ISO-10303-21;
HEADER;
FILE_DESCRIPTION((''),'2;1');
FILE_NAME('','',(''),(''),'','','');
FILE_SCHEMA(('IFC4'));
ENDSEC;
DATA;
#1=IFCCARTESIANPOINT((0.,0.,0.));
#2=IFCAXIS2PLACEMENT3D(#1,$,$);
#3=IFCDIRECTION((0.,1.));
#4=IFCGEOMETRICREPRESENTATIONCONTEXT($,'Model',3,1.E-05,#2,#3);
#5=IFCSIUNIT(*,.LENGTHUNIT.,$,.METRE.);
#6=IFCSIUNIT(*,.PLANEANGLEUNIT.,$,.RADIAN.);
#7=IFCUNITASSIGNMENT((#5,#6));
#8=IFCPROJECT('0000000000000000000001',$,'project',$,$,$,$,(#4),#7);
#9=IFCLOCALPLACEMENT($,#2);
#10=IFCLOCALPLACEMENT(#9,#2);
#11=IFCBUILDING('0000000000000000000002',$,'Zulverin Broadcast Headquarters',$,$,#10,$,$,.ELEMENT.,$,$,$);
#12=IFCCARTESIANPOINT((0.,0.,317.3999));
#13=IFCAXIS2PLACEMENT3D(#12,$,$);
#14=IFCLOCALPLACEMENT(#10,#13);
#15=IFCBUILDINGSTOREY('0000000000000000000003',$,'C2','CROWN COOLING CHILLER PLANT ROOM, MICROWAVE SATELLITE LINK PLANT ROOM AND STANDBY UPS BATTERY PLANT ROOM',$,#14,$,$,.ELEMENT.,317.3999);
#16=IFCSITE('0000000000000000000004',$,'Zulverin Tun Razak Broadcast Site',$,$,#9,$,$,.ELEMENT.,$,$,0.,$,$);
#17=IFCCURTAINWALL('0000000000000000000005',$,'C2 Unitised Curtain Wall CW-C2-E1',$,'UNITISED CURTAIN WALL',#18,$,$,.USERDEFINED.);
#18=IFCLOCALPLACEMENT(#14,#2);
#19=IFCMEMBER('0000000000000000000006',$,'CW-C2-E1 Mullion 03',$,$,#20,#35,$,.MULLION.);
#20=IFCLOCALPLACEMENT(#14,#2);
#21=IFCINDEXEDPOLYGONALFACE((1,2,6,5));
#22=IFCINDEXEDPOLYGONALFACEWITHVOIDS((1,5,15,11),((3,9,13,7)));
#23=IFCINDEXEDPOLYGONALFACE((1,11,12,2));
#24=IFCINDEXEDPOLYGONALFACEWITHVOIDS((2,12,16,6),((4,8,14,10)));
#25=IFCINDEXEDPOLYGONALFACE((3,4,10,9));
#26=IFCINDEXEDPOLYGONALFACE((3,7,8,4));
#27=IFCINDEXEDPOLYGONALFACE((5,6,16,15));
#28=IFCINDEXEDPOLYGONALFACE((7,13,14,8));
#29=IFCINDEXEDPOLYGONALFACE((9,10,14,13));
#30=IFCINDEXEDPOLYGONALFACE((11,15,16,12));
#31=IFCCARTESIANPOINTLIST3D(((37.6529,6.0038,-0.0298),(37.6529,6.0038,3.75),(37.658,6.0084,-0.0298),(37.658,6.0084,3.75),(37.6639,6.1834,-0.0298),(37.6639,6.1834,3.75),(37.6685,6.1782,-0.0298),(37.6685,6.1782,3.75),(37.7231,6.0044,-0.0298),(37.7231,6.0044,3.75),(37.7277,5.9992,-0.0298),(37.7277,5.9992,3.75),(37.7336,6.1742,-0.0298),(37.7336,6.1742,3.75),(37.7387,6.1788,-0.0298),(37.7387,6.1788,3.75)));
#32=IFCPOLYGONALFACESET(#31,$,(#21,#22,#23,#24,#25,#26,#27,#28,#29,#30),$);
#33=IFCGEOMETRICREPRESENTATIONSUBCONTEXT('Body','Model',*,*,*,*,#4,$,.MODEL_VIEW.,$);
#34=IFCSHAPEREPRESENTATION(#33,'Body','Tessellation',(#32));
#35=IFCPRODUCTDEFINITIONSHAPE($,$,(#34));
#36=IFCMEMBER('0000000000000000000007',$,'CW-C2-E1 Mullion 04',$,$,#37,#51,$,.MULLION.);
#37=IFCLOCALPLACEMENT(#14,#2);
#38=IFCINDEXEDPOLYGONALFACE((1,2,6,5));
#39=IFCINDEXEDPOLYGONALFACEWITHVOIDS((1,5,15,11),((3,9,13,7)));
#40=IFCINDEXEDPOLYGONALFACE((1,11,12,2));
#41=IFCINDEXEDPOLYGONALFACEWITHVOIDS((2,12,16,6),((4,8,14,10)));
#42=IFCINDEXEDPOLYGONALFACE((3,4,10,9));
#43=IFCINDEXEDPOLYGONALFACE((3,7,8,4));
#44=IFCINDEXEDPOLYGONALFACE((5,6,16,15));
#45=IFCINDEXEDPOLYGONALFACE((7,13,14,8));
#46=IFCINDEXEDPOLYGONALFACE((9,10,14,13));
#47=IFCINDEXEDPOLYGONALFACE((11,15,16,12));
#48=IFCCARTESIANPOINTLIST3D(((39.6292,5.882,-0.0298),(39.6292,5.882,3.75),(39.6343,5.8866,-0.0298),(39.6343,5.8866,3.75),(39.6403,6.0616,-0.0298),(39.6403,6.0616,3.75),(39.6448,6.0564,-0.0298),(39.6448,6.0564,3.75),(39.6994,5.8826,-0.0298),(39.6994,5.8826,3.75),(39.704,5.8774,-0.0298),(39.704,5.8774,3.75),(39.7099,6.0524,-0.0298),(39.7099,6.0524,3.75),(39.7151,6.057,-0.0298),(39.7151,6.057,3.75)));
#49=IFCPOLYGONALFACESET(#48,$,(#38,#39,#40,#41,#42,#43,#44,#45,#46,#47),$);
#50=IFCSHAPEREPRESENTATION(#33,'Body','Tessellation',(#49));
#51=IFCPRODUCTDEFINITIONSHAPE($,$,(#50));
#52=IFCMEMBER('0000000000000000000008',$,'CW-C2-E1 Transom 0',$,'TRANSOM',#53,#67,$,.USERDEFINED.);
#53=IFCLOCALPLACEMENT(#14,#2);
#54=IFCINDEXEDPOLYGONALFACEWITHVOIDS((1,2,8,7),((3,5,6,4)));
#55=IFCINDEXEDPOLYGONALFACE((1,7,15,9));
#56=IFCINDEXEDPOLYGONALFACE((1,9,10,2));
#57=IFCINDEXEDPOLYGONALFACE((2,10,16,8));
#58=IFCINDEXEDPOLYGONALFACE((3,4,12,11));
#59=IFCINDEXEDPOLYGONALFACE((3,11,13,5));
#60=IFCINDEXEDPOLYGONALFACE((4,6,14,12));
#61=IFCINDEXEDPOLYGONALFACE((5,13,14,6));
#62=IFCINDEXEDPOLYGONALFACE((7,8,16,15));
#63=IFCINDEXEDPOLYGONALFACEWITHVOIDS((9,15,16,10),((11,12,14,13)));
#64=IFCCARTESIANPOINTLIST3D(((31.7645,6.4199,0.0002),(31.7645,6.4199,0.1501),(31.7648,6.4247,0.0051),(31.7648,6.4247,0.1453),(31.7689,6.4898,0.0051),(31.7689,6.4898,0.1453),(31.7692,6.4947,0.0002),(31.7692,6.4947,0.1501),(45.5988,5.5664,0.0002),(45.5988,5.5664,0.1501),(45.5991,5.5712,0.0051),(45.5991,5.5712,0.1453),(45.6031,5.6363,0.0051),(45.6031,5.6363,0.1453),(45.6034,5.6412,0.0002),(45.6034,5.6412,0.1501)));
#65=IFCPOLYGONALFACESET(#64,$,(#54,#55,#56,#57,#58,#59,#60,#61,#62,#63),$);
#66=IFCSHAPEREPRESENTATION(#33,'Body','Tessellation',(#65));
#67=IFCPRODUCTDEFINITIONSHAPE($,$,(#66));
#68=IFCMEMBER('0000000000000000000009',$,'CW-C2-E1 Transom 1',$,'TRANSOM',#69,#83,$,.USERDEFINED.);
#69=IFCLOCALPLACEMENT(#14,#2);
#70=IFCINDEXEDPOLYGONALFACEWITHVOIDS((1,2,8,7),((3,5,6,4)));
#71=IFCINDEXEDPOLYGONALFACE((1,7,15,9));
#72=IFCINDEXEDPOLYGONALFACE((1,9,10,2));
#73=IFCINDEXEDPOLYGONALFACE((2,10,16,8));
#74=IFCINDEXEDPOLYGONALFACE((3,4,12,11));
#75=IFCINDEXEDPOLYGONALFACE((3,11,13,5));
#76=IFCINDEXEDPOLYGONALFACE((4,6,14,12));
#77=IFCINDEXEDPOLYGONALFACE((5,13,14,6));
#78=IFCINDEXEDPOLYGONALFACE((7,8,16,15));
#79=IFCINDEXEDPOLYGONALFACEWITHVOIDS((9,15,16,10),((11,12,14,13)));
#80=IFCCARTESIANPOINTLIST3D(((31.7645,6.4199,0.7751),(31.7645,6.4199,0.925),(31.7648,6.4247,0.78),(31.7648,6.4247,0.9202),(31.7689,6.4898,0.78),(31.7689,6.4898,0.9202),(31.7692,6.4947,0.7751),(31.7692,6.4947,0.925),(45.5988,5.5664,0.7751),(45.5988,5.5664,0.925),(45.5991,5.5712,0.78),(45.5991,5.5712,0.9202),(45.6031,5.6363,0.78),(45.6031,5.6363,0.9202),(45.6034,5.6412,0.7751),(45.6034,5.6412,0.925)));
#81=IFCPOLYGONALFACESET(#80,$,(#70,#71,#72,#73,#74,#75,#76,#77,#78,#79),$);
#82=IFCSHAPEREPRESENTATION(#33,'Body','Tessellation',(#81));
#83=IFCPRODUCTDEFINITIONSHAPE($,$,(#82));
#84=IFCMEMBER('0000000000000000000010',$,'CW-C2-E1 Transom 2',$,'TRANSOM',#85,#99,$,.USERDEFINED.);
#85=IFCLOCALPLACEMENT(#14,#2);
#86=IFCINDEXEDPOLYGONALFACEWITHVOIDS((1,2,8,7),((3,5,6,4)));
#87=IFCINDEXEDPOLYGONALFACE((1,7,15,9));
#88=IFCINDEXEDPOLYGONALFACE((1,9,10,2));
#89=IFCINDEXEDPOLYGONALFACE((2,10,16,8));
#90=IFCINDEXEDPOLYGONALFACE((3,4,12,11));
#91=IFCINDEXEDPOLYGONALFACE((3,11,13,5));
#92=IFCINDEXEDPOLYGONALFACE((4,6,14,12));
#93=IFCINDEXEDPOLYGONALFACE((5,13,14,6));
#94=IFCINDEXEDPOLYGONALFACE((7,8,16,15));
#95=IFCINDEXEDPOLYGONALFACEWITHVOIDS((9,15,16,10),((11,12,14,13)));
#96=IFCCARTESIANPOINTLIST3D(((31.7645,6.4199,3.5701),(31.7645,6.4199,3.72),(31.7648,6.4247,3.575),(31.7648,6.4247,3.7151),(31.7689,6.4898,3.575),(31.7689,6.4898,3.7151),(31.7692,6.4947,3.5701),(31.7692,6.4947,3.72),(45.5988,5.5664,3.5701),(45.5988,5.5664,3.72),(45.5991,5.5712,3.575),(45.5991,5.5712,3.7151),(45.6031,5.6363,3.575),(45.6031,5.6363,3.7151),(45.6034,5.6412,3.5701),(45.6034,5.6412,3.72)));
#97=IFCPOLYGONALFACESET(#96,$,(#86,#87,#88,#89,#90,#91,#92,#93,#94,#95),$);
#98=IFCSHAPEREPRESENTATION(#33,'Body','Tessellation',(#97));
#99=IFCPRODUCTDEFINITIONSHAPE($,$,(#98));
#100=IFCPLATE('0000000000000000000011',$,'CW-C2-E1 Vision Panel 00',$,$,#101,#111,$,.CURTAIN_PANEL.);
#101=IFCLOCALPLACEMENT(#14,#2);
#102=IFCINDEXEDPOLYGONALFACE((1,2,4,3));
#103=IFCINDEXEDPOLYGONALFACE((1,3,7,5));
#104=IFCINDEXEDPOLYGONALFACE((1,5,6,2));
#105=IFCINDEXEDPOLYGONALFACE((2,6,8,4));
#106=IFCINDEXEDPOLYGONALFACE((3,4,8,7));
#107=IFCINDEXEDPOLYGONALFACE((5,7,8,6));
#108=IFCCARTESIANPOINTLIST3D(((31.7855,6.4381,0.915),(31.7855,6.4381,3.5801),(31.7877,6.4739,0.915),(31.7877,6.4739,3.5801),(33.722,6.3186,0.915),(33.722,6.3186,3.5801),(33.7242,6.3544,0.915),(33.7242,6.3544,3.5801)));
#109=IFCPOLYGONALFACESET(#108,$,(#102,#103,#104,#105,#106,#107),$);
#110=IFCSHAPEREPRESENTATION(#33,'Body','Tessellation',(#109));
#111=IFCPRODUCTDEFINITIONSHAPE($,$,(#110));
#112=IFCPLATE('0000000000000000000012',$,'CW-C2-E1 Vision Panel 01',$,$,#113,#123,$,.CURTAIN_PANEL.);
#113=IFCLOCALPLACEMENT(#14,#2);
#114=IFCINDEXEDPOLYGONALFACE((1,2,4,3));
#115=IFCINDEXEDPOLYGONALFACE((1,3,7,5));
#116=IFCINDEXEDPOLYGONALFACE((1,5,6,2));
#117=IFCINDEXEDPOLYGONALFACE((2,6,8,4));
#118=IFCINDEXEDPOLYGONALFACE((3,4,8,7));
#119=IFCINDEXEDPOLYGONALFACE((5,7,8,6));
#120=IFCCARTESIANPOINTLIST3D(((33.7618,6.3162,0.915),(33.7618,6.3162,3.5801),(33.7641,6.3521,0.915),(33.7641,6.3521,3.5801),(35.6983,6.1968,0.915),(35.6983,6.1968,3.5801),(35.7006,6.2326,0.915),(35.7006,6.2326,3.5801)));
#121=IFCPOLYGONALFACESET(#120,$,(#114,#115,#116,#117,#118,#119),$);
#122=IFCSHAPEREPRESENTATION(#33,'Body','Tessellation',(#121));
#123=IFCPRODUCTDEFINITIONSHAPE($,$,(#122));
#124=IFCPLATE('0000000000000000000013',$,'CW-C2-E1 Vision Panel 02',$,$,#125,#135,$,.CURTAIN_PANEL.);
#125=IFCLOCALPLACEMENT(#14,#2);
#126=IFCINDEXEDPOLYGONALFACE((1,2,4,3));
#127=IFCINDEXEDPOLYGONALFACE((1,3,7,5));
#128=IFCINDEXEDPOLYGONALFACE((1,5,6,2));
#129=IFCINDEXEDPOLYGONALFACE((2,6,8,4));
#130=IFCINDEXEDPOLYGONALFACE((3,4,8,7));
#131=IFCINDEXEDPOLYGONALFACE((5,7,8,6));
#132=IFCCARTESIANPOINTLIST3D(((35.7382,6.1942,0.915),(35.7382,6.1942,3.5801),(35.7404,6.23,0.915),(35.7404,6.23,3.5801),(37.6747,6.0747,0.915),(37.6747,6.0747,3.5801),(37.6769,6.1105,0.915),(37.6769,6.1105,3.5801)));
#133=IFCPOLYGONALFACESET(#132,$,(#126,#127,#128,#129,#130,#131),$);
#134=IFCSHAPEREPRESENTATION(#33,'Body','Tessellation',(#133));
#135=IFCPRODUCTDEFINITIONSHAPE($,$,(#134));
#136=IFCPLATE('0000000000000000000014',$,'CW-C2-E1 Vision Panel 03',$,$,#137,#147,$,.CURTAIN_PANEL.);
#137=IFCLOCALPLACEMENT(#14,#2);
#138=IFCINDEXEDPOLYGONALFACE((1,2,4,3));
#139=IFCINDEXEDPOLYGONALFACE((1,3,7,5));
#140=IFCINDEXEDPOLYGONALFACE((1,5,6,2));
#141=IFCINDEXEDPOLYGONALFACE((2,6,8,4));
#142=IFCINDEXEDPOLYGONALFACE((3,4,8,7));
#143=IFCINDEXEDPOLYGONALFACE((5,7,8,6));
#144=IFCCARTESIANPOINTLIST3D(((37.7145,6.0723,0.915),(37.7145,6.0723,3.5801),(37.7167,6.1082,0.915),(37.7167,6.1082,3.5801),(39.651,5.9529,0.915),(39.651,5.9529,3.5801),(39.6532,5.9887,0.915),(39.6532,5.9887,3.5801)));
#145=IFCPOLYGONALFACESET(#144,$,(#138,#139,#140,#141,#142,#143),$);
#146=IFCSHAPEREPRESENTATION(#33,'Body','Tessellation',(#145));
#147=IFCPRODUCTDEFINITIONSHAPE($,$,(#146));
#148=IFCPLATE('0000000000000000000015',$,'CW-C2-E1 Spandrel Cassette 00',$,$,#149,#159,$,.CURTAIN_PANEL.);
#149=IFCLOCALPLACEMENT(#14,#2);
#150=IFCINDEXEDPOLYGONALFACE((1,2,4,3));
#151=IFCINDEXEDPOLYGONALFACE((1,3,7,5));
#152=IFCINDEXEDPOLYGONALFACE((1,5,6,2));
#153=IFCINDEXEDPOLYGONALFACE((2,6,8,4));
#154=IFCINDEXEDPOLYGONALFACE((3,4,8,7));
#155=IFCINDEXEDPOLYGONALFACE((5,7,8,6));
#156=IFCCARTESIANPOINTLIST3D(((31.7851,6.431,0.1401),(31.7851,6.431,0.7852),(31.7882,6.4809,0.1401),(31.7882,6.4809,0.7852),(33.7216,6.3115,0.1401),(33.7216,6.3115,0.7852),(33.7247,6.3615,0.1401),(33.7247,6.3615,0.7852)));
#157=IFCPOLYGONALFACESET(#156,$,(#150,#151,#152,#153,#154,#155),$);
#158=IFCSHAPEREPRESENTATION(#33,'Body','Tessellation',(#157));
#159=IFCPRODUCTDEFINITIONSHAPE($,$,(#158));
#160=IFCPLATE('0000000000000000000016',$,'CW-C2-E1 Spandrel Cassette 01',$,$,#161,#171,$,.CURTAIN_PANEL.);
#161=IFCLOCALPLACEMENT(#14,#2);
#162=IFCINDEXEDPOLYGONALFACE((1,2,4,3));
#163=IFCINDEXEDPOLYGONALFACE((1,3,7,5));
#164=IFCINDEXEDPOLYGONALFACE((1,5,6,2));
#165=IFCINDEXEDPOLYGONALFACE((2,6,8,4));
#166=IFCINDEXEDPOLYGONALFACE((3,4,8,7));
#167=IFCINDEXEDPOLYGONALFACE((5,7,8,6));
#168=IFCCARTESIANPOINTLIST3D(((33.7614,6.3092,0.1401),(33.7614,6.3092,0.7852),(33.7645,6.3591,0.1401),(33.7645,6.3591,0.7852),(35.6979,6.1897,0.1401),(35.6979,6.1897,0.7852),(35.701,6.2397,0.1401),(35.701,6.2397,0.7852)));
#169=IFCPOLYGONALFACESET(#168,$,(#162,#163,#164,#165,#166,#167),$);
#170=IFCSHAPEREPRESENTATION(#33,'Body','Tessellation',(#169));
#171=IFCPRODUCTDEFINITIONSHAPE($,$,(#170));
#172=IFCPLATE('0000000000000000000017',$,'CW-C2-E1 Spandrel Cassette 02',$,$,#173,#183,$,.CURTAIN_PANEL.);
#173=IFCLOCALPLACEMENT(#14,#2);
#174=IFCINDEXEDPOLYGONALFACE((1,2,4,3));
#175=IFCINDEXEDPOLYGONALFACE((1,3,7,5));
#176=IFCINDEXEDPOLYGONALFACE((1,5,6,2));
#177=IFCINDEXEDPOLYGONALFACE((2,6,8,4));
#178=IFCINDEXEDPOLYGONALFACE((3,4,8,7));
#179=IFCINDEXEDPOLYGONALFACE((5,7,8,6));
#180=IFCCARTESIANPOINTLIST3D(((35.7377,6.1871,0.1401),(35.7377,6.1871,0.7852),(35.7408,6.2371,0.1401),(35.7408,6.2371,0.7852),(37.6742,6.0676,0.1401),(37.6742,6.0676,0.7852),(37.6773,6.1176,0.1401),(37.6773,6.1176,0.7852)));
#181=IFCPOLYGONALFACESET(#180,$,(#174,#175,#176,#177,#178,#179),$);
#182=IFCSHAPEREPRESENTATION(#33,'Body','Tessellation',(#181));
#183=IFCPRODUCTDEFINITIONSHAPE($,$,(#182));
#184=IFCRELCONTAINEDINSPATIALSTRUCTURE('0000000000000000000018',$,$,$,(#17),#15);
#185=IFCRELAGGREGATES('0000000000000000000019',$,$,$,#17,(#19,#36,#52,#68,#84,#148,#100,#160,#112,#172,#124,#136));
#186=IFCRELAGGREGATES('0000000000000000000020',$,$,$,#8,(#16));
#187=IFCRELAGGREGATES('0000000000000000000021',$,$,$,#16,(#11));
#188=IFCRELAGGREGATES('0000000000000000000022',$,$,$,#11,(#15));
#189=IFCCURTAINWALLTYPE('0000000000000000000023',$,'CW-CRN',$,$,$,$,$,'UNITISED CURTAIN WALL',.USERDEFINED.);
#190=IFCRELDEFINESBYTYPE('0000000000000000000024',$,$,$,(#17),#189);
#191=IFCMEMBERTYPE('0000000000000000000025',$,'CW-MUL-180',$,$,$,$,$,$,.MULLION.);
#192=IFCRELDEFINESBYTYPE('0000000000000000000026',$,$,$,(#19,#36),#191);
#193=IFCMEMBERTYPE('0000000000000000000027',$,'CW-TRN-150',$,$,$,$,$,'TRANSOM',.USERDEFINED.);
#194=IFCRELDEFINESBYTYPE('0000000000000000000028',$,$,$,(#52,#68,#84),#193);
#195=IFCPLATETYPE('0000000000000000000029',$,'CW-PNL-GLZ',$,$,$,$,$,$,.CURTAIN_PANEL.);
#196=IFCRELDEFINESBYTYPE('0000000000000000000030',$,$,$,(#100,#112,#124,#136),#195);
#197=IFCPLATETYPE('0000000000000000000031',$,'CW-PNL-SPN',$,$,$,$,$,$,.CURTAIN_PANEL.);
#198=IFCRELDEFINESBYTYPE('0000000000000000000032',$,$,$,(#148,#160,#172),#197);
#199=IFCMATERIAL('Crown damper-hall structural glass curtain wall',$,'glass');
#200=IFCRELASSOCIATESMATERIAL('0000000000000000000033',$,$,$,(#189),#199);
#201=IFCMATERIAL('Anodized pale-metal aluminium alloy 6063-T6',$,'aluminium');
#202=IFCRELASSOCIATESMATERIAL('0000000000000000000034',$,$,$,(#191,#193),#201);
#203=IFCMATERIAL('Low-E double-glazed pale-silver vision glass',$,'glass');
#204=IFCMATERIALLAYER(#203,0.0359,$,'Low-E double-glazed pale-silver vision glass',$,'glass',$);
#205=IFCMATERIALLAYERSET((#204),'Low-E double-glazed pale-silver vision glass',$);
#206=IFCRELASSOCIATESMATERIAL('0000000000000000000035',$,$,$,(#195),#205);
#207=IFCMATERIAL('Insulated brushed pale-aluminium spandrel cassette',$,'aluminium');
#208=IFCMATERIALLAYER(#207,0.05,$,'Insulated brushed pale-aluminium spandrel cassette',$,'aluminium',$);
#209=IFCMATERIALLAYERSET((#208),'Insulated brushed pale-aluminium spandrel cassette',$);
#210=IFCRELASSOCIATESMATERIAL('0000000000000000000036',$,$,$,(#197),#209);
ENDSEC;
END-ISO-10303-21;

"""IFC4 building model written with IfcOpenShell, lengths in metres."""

from ifc_helpers import new_model, si_unit, direction, frame, origin, origin_2d, place, context, subcontext, project, spatial, rectangle, hollow_rectangle, extrude, material, layer, layer_set, material_profile, profile_set, type_object, element, aggregate, save


model = new_model("IFC4")

# Units and contexts
model_context = context("Model", 3, precision=1e-05, world=origin(), true_north=direction((0.0, 1.0)))
body_context = subcontext(model_context, "Body", "Model", "MODEL_VIEW")
ifc_project = project(units=[si_unit("LENGTHUNIT", "METRE"), si_unit("PLANEANGLEUNIT", "RADIAN")], contexts=[model_context])

# Site, building, storey
site_placement = place(None, origin())
site = spatial("IfcSite", under=ifc_project, at=site_placement, Name="Zulverin Tun Razak Broadcast Site", CompositionType="ELEMENT", RefElevation=0.0)
building_placement = place(site_placement, origin())
building = spatial("IfcBuilding", under=site, at=building_placement, Name="Zulverin Broadcast Headquarters", CompositionType="ELEMENT")
storey_placement = place(building_placement, frame((0.0, 0.0, 317.3999)))
storey = spatial("IfcBuildingStorey", under=building, at=storey_placement, Name="C2", Description="CROWN COOLING CHILLER PLANT ROOM, MICROWAVE SATELLITE LINK PLANT ROOM AND STANDBY UPS BATTERY PLANT ROOM", CompositionType="ELEMENT", Elevation=317.3999)

# Curtain wall, members, plates
ifc_material_1 = material(Name="Crown damper-hall structural glass curtain wall", Category="glass")
curtain_wall_type = type_object("IfcCurtainWallType", Name="CW-CRN", ElementType="UNITISED CURTAIN WALL", PredefinedType="USERDEFINED", material=ifc_material_1)
curtain_wall_placement = place(storey_placement, origin())
curtain_wall = element("IfcCurtainWall", 1, at=curtain_wall_placement, inside=storey, type_object=curtain_wall_type, Name="C2 Unitised Curtain Wall CW-C2-E1", ObjectType="UNITISED CURTAIN WALL", PredefinedType="USERDEFINED")
ifc_material_2 = material(Name="Anodized pale-metal aluminium alloy 6063-T6", Category="aluminium")
ifc_material_profile_1 = material_profile(ifc_material_2, hollow_rectangle(XDim=0.075, YDim=0.1799, WallThickness=0.0049, at=origin_2d()), Name="Anodized pale-metal aluminium alloy 6063-T6", Category="aluminium")
ifc_profile_set_1 = profile_set([ifc_material_profile_1], Name="Anodized pale-metal aluminium alloy 6063-T6")
member_type_1 = type_object("IfcMemberType", Name="CW-MUL-180", PredefinedType="MULLION", material=ifc_profile_set_1)
member_1_placement = place(storey_placement, frame((37.6958, 6.0913, -0.0298), z_axis=(0.0, 0.0, 1.0), x_axis=(0.998103, -0.061571, 0.0)))
member_1 = element("IfcMember", 2, at=member_1_placement, type_object=member_type_1, Name="CW-C2-E1 Mullion 03", PredefinedType="MULLION", context=body_context, shape_type="SweptSolid", body=[
    extrude(hollow_rectangle(XDim=0.075, YDim=0.1799, WallThickness=0.0049, at=origin_2d()), origin(), (0.0, 0.0, 1.0), 3.7798),
])
member_2_placement = place(storey_placement, frame((39.6721, 5.9695, -0.0298), z_axis=(0.0, 0.0, 1.0), x_axis=(0.998103, -0.061571, 0.0)))
member_2 = element("IfcMember", 3, at=member_2_placement, type_object=member_type_1, Name="CW-C2-E1 Mullion 04", PredefinedType="MULLION", context=body_context, shape_type="SweptSolid", body=[
    extrude(hollow_rectangle(XDim=0.075, YDim=0.1799, WallThickness=0.0049, at=origin_2d()), origin(), (0.0, 0.0, 1.0), 3.7798),
])
ifc_material_profile_2 = material_profile(ifc_material_2, hollow_rectangle(XDim=0.075, YDim=0.1499, WallThickness=0.0049, at=origin_2d()), Name="Anodized pale-metal aluminium alloy 6063-T6", Category="aluminium")
ifc_profile_set_2 = profile_set([ifc_material_profile_2], Name="Anodized pale-metal aluminium alloy 6063-T6")
member_type_2 = type_object("IfcMemberType", Name="CW-TRN-150", ElementType="TRANSOM", PredefinedType="USERDEFINED", material=ifc_profile_set_2)
member_3_placement = place(storey_placement, frame((31.7668, 6.4573, 0.0752), z_axis=(0.998102, -0.061579, 0.0), x_axis=(0.061579, 0.998102, 0.0)))
member_3 = element("IfcMember", 4, at=member_3_placement, type_object=member_type_2, Name="CW-C2-E1 Transom 0", ObjectType="TRANSOM", PredefinedType="USERDEFINED", context=body_context, shape_type="SweptSolid", body=[
    extrude(hollow_rectangle(XDim=0.075, YDim=0.1499, WallThickness=0.0049, at=origin_2d()), origin(), (0.0, 0.0, 1.0), 13.8606),
])
member_4_placement = place(storey_placement, frame((31.7668, 6.4573, 0.8501), z_axis=(0.998102, -0.061579, 0.0), x_axis=(0.061579, 0.998102, 0.0)))
member_4 = element("IfcMember", 5, at=member_4_placement, type_object=member_type_2, Name="CW-C2-E1 Transom 1", ObjectType="TRANSOM", PredefinedType="USERDEFINED", context=body_context, shape_type="SweptSolid", body=[
    extrude(hollow_rectangle(XDim=0.075, YDim=0.1499, WallThickness=0.0049, at=origin_2d()), origin(), (0.0, 0.0, 1.0), 13.8606),
])
member_5_placement = place(storey_placement, frame((31.7668, 6.4573, 3.645), z_axis=(0.998102, -0.061579, 0.0), x_axis=(0.061579, 0.998102, 0.0)))
member_5 = element("IfcMember", 6, at=member_5_placement, type_object=member_type_2, Name="CW-C2-E1 Transom 2", ObjectType="TRANSOM", PredefinedType="USERDEFINED", context=body_context, shape_type="SweptSolid", body=[
    extrude(hollow_rectangle(XDim=0.075, YDim=0.1499, WallThickness=0.0049, at=origin_2d()), origin(), (0.0, 0.0, 1.0), 13.8606),
])
ifc_material_3 = material(Name="Low-E double-glazed pale-silver vision glass", Category="glass")
ifc_layer_1 = layer(ifc_material_3, 0.0359, Name="Low-E double-glazed pale-silver vision glass", Category="glass")
ifc_layer_set_1 = layer_set([ifc_layer_1], Name="Low-E double-glazed pale-silver vision glass")
plate_type_1 = type_object("IfcPlateType", Name="CW-PNL-GLZ", PredefinedType="CURTAIN_PANEL", material=ifc_layer_set_1)
plate_1_placement = place(storey_placement, frame((32.7549, 6.3962, 0.915), z_axis=(0.0, 0.0, 1.0), x_axis=(0.998103, -0.061571, 0.0)))
plate_1 = element("IfcPlate", 7, at=plate_1_placement, type_object=plate_type_1, Name="CW-C2-E1 Vision Panel 00", PredefinedType="CURTAIN_PANEL", context=body_context, shape_type="SweptSolid", body=[
    extrude(rectangle(XDim=1.9402, YDim=0.0359, at=origin_2d()), origin(), (0.0, 0.0, 1.0), 2.665),
])
plate_2_placement = place(storey_placement, frame((34.7312, 6.2744, 0.915), z_axis=(0.0, 0.0, 1.0), x_axis=(0.998103, -0.061571, 0.0)))
plate_2 = element("IfcPlate", 8, at=plate_2_placement, type_object=plate_type_1, Name="CW-C2-E1 Vision Panel 01", PredefinedType="CURTAIN_PANEL", context=body_context, shape_type="SweptSolid", body=[
    extrude(rectangle(XDim=1.9402, YDim=0.0359, at=origin_2d()), origin(), (0.0, 0.0, 1.0), 2.665),
])
plate_3_placement = place(storey_placement, frame((36.7075, 6.1523, 0.915), z_axis=(0.0, 0.0, 1.0), x_axis=(0.998103, -0.061571, 0.0)))
plate_3 = element("IfcPlate", 9, at=plate_3_placement, type_object=plate_type_1, Name="CW-C2-E1 Vision Panel 02", PredefinedType="CURTAIN_PANEL", context=body_context, shape_type="SweptSolid", body=[
    extrude(rectangle(XDim=1.9402, YDim=0.0359, at=origin_2d()), origin(), (0.0, 0.0, 1.0), 2.665),
])
plate_4_placement = place(storey_placement, frame((38.6838, 6.0305, 0.915), z_axis=(0.0, 0.0, 1.0), x_axis=(0.998103, -0.061571, 0.0)))
plate_4 = element("IfcPlate", 10, at=plate_4_placement, type_object=plate_type_1, Name="CW-C2-E1 Vision Panel 03", PredefinedType="CURTAIN_PANEL", context=body_context, shape_type="SweptSolid", body=[
    extrude(rectangle(XDim=1.9402, YDim=0.0359, at=origin_2d()), origin(), (0.0, 0.0, 1.0), 2.665),
])
ifc_material_4 = material(Name="Insulated brushed pale-aluminium spandrel cassette", Category="aluminium")
ifc_layer_2 = layer(ifc_material_4, 0.05, Name="Insulated brushed pale-aluminium spandrel cassette", Category="aluminium")
ifc_layer_set_2 = layer_set([ifc_layer_2], Name="Insulated brushed pale-aluminium spandrel cassette")
plate_type_2 = type_object("IfcPlateType", Name="CW-PNL-SPN", PredefinedType="CURTAIN_PANEL", material=ifc_layer_set_2)
plate_5_placement = place(storey_placement, frame((32.7549, 6.3962, 0.1401), z_axis=(0.0, 0.0, 1.0), x_axis=(0.998103, -0.061571, 0.0)))
plate_5 = element("IfcPlate", 11, at=plate_5_placement, type_object=plate_type_2, Name="CW-C2-E1 Spandrel Cassette 00", PredefinedType="CURTAIN_PANEL", context=body_context, shape_type="SweptSolid", body=[
    extrude(rectangle(XDim=1.9402, YDim=0.05, at=origin_2d()), origin(), (0.0, 0.0, 1.0), 0.645),
])
plate_6_placement = place(storey_placement, frame((34.7312, 6.2744, 0.1401), z_axis=(0.0, 0.0, 1.0), x_axis=(0.998103, -0.061571, 0.0)))
plate_6 = element("IfcPlate", 12, at=plate_6_placement, type_object=plate_type_2, Name="CW-C2-E1 Spandrel Cassette 01", PredefinedType="CURTAIN_PANEL", context=body_context, shape_type="SweptSolid", body=[
    extrude(rectangle(XDim=1.9402, YDim=0.05, at=origin_2d()), origin(), (0.0, 0.0, 1.0), 0.645),
])
plate_7_placement = place(storey_placement, frame((36.7075, 6.1523, 0.1401), z_axis=(0.0, 0.0, 1.0), x_axis=(0.998103, -0.061571, 0.0)))
plate_7 = element("IfcPlate", 13, at=plate_7_placement, type_object=plate_type_2, Name="CW-C2-E1 Spandrel Cassette 02", PredefinedType="CURTAIN_PANEL", context=body_context, shape_type="SweptSolid", body=[
    extrude(rectangle(XDim=1.9402, YDim=0.05, at=origin_2d()), origin(), (0.0, 0.0, 1.0), 0.645),
])
aggregate(curtain_wall, [member_1, member_2, member_3, member_4, member_5, plate_5, plate_1, plate_6, plate_2, plate_7, plate_3, plate_4])

save(model, "model.ifc")
